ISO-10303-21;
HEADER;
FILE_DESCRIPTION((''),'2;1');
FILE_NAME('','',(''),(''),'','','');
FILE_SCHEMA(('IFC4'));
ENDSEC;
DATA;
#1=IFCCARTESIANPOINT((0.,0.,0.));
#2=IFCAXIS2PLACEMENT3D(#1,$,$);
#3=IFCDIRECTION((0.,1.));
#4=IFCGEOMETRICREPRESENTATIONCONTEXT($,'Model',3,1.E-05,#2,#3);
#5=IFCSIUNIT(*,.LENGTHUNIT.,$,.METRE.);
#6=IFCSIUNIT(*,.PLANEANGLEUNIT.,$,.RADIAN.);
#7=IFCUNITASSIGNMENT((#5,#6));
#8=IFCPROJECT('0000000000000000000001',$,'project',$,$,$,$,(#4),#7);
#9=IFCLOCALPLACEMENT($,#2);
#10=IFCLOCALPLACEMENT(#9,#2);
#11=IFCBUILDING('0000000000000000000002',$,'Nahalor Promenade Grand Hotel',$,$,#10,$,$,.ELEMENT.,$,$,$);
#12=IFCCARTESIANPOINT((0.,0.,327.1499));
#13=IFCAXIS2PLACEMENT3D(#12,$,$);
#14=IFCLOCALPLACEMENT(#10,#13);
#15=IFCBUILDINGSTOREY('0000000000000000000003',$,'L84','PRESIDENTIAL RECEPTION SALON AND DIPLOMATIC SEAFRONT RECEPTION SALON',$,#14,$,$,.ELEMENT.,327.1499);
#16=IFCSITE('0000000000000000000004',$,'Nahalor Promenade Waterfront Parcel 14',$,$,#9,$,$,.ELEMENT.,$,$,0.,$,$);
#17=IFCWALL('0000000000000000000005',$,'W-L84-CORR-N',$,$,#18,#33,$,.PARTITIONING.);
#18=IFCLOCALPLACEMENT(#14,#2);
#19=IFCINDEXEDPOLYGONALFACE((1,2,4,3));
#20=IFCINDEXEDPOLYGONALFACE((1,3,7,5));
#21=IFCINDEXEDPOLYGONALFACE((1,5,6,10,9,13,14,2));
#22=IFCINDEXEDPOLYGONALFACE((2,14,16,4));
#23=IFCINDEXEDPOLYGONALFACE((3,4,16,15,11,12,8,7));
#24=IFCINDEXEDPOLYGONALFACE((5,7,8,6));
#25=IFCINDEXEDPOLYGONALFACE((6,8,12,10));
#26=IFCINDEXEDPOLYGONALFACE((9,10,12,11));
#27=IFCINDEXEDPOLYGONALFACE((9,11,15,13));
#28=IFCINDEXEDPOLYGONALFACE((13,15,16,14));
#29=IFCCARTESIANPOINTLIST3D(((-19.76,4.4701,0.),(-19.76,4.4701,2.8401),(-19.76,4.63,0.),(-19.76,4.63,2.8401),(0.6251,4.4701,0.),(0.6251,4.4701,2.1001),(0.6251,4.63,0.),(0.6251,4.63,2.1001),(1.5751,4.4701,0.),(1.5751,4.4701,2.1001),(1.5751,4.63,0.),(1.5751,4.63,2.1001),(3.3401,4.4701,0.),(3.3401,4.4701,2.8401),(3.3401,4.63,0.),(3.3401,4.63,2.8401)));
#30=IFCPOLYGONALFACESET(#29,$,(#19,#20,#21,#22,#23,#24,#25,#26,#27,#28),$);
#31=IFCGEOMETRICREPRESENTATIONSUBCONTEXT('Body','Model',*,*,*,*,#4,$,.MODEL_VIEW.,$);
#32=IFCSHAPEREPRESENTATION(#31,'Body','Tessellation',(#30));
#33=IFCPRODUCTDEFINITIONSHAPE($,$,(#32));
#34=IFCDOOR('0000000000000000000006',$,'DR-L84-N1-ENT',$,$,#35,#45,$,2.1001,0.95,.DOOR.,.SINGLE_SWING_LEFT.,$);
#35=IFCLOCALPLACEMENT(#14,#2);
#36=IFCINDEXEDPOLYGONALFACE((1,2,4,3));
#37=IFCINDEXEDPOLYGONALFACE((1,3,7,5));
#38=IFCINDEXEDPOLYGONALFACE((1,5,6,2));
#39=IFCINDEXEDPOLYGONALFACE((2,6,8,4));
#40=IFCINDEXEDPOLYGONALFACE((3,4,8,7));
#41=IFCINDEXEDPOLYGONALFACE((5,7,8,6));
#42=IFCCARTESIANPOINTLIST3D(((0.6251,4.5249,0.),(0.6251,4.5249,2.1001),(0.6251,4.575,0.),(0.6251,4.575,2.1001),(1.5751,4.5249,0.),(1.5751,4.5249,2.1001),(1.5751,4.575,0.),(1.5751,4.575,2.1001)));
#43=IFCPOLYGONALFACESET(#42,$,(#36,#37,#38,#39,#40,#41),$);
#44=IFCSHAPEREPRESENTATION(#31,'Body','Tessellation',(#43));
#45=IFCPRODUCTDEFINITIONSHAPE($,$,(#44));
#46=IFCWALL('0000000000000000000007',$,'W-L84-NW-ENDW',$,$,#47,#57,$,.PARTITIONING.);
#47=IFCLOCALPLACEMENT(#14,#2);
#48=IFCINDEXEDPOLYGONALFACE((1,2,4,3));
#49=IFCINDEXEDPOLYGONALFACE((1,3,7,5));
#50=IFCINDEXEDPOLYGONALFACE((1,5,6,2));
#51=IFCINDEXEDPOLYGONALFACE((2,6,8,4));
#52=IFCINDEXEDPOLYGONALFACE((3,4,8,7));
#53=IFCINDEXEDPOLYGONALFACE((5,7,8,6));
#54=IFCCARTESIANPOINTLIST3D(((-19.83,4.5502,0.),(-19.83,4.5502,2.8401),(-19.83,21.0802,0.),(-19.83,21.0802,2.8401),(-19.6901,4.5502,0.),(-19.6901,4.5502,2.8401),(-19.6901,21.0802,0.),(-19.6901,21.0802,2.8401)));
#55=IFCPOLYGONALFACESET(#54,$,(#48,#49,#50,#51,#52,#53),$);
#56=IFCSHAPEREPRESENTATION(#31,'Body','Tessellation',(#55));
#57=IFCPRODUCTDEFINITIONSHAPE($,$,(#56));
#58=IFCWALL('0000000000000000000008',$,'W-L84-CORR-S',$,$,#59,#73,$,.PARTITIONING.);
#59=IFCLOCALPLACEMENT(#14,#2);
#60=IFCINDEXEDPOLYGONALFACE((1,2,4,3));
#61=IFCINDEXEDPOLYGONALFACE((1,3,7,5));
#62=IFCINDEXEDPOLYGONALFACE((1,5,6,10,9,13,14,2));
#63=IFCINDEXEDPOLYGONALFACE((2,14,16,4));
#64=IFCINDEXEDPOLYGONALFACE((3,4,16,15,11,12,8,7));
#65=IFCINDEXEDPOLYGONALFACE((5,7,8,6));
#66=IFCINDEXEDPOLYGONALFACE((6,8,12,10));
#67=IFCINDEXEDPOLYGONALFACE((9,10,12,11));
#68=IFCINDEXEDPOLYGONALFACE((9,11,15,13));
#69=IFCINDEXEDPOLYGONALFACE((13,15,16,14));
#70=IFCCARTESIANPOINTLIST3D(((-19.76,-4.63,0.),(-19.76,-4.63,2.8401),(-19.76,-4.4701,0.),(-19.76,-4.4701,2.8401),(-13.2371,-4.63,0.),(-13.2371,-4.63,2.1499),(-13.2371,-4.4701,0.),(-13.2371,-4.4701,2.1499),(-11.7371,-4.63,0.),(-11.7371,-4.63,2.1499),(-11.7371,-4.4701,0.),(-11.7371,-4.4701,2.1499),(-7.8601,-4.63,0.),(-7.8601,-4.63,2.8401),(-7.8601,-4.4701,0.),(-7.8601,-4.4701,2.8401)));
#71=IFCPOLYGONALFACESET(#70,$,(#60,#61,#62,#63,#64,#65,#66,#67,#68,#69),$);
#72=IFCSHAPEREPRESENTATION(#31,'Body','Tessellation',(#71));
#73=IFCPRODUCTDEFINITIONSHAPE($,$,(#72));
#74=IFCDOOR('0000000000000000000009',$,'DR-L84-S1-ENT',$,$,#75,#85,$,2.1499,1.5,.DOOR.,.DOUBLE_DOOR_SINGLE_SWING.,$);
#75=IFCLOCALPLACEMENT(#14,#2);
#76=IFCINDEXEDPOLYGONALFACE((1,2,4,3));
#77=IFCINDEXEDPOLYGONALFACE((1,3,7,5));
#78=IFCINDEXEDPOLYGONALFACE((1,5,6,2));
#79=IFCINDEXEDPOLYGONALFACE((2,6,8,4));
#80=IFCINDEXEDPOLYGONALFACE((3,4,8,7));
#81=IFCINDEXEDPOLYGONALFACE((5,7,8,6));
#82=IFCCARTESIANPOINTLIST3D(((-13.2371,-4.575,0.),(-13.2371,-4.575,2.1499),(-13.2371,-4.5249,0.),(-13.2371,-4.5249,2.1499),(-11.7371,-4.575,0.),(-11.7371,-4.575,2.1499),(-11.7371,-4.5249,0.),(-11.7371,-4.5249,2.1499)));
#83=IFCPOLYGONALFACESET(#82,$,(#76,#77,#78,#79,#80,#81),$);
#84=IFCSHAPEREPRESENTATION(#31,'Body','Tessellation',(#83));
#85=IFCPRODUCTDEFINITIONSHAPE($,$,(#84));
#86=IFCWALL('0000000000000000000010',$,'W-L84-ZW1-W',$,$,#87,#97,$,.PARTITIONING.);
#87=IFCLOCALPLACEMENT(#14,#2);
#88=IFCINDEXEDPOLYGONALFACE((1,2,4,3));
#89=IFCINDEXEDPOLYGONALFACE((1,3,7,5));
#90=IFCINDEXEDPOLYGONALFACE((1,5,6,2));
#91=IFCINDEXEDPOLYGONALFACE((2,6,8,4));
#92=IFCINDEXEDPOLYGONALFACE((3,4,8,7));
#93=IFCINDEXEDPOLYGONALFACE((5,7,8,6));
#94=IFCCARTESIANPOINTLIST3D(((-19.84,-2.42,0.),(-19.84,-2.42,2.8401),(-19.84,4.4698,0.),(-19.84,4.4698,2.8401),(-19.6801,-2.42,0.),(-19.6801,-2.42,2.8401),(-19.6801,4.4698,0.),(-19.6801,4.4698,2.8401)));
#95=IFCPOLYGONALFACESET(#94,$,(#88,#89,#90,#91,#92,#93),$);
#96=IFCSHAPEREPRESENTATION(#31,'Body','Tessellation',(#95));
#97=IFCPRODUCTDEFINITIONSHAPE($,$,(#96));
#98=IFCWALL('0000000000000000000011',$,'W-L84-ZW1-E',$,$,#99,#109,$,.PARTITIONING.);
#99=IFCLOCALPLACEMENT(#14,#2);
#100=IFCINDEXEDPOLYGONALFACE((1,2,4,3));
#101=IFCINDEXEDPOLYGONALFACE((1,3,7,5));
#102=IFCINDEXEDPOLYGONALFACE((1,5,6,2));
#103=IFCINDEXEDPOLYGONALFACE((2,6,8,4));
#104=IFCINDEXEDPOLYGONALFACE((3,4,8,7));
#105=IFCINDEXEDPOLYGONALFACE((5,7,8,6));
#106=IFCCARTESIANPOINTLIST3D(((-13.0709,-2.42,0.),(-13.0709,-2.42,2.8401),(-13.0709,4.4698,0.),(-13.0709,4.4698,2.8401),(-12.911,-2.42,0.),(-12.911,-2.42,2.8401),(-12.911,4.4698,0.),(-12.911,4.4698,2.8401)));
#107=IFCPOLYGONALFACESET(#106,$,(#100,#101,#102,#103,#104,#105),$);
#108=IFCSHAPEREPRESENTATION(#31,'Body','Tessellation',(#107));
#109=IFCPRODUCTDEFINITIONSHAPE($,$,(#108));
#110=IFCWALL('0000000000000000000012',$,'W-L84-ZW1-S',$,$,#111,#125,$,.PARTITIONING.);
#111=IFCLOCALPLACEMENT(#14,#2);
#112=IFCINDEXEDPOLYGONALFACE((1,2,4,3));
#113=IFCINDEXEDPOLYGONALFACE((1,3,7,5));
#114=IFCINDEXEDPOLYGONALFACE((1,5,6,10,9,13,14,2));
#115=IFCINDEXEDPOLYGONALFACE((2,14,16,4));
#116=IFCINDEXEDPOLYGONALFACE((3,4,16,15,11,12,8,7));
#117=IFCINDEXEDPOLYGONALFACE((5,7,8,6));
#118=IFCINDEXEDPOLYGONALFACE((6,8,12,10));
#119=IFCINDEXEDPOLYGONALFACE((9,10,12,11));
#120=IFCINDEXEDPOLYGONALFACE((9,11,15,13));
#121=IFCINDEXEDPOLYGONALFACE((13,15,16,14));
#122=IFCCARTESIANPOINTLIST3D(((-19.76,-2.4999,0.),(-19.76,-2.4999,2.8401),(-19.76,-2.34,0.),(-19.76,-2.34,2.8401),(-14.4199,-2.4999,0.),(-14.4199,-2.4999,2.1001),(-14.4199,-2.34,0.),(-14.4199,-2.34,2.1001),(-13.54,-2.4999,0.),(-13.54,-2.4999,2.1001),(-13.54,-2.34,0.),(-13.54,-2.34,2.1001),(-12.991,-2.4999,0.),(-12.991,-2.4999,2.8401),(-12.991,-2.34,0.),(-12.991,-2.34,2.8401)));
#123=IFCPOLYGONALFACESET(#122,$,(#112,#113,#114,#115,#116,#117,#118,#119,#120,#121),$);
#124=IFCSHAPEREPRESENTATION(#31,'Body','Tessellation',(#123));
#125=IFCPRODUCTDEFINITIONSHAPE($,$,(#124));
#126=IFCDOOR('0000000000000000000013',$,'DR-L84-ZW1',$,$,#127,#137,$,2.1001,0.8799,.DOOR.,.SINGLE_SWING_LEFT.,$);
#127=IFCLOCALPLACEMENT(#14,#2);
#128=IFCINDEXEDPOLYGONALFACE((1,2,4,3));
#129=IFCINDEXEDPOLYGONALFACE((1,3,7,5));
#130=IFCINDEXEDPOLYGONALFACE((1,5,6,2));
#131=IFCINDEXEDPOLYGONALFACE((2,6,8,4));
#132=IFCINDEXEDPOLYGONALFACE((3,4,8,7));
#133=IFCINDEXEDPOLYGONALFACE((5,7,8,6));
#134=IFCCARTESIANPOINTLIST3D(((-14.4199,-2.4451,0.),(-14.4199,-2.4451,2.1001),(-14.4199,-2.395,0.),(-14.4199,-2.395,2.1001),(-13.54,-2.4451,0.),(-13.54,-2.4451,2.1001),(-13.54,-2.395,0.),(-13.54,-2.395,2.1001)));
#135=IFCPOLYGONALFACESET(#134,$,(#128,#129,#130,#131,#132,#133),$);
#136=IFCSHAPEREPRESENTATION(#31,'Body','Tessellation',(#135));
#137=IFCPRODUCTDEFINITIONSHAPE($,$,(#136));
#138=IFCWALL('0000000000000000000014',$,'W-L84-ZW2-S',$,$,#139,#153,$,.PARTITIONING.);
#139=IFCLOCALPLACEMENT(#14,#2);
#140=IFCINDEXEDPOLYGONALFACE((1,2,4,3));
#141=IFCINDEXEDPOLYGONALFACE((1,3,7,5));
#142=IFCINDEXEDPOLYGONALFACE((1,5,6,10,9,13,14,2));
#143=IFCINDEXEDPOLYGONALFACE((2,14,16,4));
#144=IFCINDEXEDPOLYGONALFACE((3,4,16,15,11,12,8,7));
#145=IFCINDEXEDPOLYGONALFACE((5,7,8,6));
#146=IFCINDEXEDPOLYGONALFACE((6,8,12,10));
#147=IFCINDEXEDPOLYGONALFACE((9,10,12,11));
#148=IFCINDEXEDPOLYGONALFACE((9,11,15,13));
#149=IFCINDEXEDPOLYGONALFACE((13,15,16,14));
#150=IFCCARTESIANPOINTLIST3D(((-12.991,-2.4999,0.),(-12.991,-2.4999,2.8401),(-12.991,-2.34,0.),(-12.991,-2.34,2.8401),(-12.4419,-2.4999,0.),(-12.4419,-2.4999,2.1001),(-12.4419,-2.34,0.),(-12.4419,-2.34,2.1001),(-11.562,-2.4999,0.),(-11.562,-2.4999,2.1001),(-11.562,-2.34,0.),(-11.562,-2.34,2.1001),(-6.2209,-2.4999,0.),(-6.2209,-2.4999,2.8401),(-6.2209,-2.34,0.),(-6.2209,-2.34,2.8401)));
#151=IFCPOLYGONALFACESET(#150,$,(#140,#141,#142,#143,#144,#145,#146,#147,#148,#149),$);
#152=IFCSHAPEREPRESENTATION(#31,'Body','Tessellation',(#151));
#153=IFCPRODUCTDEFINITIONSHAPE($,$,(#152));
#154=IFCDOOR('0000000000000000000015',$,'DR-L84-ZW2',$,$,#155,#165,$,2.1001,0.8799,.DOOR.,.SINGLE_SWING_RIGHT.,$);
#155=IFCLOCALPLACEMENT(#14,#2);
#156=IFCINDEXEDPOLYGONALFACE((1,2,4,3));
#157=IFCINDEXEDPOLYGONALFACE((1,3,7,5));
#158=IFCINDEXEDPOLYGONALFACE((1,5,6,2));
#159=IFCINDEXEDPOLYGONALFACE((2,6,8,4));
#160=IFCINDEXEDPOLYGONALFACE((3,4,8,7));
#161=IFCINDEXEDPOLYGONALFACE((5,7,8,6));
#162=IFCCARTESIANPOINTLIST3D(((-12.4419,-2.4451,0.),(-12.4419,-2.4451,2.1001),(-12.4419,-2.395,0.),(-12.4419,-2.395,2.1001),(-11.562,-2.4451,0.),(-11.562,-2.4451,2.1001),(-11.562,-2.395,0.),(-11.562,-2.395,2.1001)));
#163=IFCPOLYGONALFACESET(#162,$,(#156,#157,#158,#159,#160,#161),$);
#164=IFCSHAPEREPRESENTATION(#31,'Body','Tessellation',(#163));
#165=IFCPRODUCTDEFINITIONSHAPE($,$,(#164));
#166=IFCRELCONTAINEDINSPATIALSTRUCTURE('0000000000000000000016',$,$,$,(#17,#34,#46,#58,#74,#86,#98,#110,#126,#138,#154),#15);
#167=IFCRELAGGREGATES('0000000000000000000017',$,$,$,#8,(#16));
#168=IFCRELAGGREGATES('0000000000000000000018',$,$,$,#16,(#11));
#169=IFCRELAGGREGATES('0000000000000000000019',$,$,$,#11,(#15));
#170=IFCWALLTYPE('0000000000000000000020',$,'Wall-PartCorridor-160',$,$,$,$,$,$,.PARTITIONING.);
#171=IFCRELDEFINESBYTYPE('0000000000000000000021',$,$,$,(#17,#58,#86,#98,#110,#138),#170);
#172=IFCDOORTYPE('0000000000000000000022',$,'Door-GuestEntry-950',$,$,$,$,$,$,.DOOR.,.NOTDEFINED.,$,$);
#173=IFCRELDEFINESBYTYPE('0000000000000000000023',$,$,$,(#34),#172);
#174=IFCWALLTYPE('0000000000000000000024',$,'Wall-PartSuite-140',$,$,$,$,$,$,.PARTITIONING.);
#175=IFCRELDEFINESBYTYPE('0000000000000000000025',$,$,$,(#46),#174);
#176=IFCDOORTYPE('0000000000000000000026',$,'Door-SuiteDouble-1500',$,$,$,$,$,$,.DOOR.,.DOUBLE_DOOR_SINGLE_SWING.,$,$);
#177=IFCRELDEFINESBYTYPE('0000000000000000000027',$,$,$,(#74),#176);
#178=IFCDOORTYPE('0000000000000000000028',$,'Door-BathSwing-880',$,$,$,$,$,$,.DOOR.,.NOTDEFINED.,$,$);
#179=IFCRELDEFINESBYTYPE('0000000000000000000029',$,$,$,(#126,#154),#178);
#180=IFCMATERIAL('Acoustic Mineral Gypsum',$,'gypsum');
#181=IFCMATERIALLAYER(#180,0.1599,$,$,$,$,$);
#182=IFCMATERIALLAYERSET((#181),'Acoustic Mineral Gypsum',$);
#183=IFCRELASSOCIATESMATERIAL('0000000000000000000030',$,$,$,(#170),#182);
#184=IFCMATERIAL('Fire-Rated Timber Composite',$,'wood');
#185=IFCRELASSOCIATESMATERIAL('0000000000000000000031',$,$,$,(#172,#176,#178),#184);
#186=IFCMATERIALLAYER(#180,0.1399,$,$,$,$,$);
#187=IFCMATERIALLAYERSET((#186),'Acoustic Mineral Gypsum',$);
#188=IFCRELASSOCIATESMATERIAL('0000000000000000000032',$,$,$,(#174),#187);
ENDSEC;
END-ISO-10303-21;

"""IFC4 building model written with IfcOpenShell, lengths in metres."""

from ifc_helpers import new_model, si_unit, direction, frame, frame_2d, origin, place, context, subcontext, project, spatial, rectangle, extrude, source, transform, mapped, material, layer, layer_set, type_object, element, fill, save


model = new_model("IFC4")

# Units and contexts
model_context = context("Model", 3, precision=1e-05, world=origin(), true_north=direction((0.0, 1.0)))
body_context = subcontext(model_context, "Body", "Model", "MODEL_VIEW")
ifc_project = project(units=[si_unit("LENGTHUNIT", "METRE"), si_unit("PLANEANGLEUNIT", "RADIAN")], contexts=[model_context])

# Site, building, storey
site_placement = place(None, origin())
site = spatial("IfcSite", under=ifc_project, at=site_placement, Name="Nahalor Promenade Waterfront Parcel 14", CompositionType="ELEMENT", RefElevation=0.0)
building_placement = place(site_placement, origin())
building = spatial("IfcBuilding", under=site, at=building_placement, Name="Nahalor Promenade Grand Hotel", CompositionType="ELEMENT")
storey_placement = place(building_placement, frame((0.0, 0.0, 327.1499)))
storey = spatial("IfcBuildingStorey", under=building, at=storey_placement, Name="L84", Description="PRESIDENTIAL RECEPTION SALON AND DIPLOMATIC SEAFRONT RECEPTION SALON", CompositionType="ELEMENT", Elevation=327.1499)

# Wall, opening, door
ifc_material_1 = material(Name="Acoustic Mineral Gypsum", Category="gypsum")
ifc_layer_1 = layer(ifc_material_1, 0.1599)
ifc_layer_set_1 = layer_set([ifc_layer_1], Name="Acoustic Mineral Gypsum")
wall_type_1 = type_object("IfcWallType", Name="Wall-PartCorridor-160", PredefinedType="PARTITIONING", material=ifc_layer_set_1)
shared_shape_1 = source(origin(), body_context, "Body", "SweptSolid", [
    extrude(rectangle(XDim=23.1001, YDim=0.1599, at=frame_2d((11.55, 0.0))), origin(), (0.0, 0.0, 1.0), 2.8401),
])
wall_1_placement = place(storey_placement, frame((-19.76, 4.55, 0.0), z_axis=(0.0, 0.0, 1.0), x_axis=(1.0, 0.0, 0.0)))
wall_1 = element("IfcWall", 1, at=wall_1_placement, inside=storey, type_object=wall_type_1, Name="W-L84-CORR-N", PredefinedType="PARTITIONING", context=body_context, shape_type="MappedRepresentation", body=[
    mapped(shared_shape_1, transform((0.0, 0.0, 0.0), scale=1.0)),
])
opening_1_placement = place(wall_1_placement, frame((20.385, 0.0, 0.0)))
opening_1 = element("IfcOpeningElement", 2, at=opening_1_placement, cuts=wall_1, PredefinedType="OPENING", context=body_context, shape_type="SweptSolid", body=[
    extrude(rectangle(XDim=0.95, YDim=2.1001, at=frame_2d((0.4751, 1.05))), frame((0.0, 0.0898, 0.0), z_axis=(0.0, -1.0, 0.0), x_axis=(1.0, 0.0, 0.0)), (0.0, 0.0, 1.0), 0.1799),
])
ifc_material_2 = material(Name="Fire-Rated Timber Composite", Category="wood")
door_type_1 = type_object("IfcDoorType", Name="Door-GuestEntry-950", OperationType="NOTDEFINED", PredefinedType="DOOR", material=ifc_material_2)
shared_shape_2 = source(origin(), body_context, "Body", "SweptSolid", [
    extrude(rectangle(XDim=0.95, YDim=2.1001, at=frame_2d((0.4751, 1.05))), frame((0.0, 0.0249, 0.0), z_axis=(0.0, -1.0, 0.0), x_axis=(1.0, 0.0, 0.0)), (0.0, 0.0, 1.0), 0.05),
])
door_1_placement = place(opening_1_placement, origin())
door_1 = element("IfcDoor", 3, at=door_1_placement, inside=storey, type_object=door_type_1, Name="DR-L84-N1-ENT", OperationType="SINGLE_SWING_LEFT", OverallHeight=2.1001, OverallWidth=0.95, PredefinedType="DOOR", context=body_context, shape_type="MappedRepresentation", body=[
    mapped(shared_shape_2, transform((0.0, 0.0, 0.0), scale=1.0)),
])
fill(opening_1, door_1)

# Wall
ifc_layer_2 = layer(ifc_material_1, 0.1399)
ifc_layer_set_2 = layer_set([ifc_layer_2], Name="Acoustic Mineral Gypsum")
wall_type_2 = type_object("IfcWallType", Name="Wall-PartSuite-140", PredefinedType="PARTITIONING", material=ifc_layer_set_2)
shared_shape_3 = source(origin(), body_context, "Body", "SweptSolid", [
    extrude(rectangle(XDim=16.53, YDim=0.1399, at=frame_2d((8.2651, 0.0))), origin(), (0.0, 0.0, 1.0), 2.8401),
])
wall_2_placement = place(storey_placement, frame((-19.76, 4.55, 0.0), z_axis=(0.0, 0.0, 1.0), x_axis=(0.0, 1.0, 0.0)))
element("IfcWall", 4, at=wall_2_placement, inside=storey, type_object=wall_type_2, Name="W-L84-NW-ENDW", PredefinedType="PARTITIONING", context=body_context, shape_type="MappedRepresentation", body=[
    mapped(shared_shape_3, transform((0.0, 0.0, 0.0), scale=1.0)),
])

# Wall, opening, door
shared_shape_4 = source(origin(), body_context, "Body", "SweptSolid", [
    extrude(rectangle(XDim=11.8999, YDim=0.1599, at=frame_2d((5.95, 0.0))), origin(), (0.0, 0.0, 1.0), 2.8401),
])
wall_3_placement = place(storey_placement, frame((-19.76, -4.55, 0.0), z_axis=(0.0, 0.0, 1.0), x_axis=(1.0, 0.0, 0.0)))
wall_3 = element("IfcWall", 5, at=wall_3_placement, inside=storey, type_object=wall_type_1, Name="W-L84-CORR-S", PredefinedType="PARTITIONING", context=body_context, shape_type="MappedRepresentation", body=[
    mapped(shared_shape_4, transform((0.0, 0.0, 0.0), scale=1.0)),
])
opening_2_placement = place(wall_3_placement, frame((6.5229, 0.0, 0.0)))
opening_2 = element("IfcOpeningElement", 6, at=opening_2_placement, cuts=wall_3, PredefinedType="OPENING", context=body_context, shape_type="SweptSolid", body=[
    extrude(rectangle(XDim=1.5, YDim=2.1499, at=frame_2d((0.75, 1.075))), frame((0.0, 0.0898, 0.0), z_axis=(0.0, -1.0, 0.0), x_axis=(1.0, 0.0, 0.0)), (0.0, 0.0, 1.0), 0.1799),
])
door_type_2 = type_object("IfcDoorType", Name="Door-SuiteDouble-1500", OperationType="DOUBLE_DOOR_SINGLE_SWING", PredefinedType="DOOR", material=ifc_material_2)
shared_shape_5 = source(origin(), body_context, "Body", "SweptSolid", [
    extrude(rectangle(XDim=1.5, YDim=2.1499, at=frame_2d((0.75, 1.075))), frame((0.0, 0.0249, 0.0), z_axis=(0.0, -1.0, 0.0), x_axis=(1.0, 0.0, 0.0)), (0.0, 0.0, 1.0), 0.05),
])
door_2_placement = place(opening_2_placement, frame((1.5, 0.0, 0.0), z_axis=(0.0, 0.0, 1.0), x_axis=(-1.0, 0.0, 0.0)))
door_2 = element("IfcDoor", 7, at=door_2_placement, inside=storey, type_object=door_type_2, Name="DR-L84-S1-ENT", OperationType="DOUBLE_DOOR_SINGLE_SWING", OverallHeight=2.1499, OverallWidth=1.5, PredefinedType="DOOR", context=body_context, shape_type="MappedRepresentation", body=[
    mapped(shared_shape_5, transform((0.0, 0.0, 0.0), scale=1.0)),
])
fill(opening_2, door_2)

# Walls
shared_shape_6 = source(origin(), body_context, "Body", "SweptSolid", [
    extrude(rectangle(XDim=6.8899, YDim=0.1599, at=frame_2d((3.4448, 0.0))), origin(), (0.0, 0.0, 1.0), 2.8401),
])
for number, where, z_axis, x_axis, name in (
    (8, (-19.76, -2.4199, 0.0), (0.0, 0.0, 1.0), (0.0, 1.0, 0.0), "W-L84-ZW1-W"),
    (9, (-12.991, -2.4199, 0.0), (0.0, 0.0, 1.0), (0.0, 1.0, 0.0), "W-L84-ZW1-E"),
):
    element("IfcWall", number, at=place(storey_placement, frame(where, z_axis=z_axis, x_axis=x_axis)), inside=storey, type_object=wall_type_1, Name=name, PredefinedType="PARTITIONING", context=body_context, shape_type="MappedRepresentation", body=[
        mapped(shared_shape_6, transform((0.0, 0.0, 0.0), scale=1.0)),
    ])

# Walls, openings, doors
shared_shape_7 = source(origin(), body_context, "Body", "SweptSolid", [
    extrude(rectangle(XDim=6.769, YDim=0.1599, at=frame_2d((3.3845, 0.0))), origin(), (0.0, 0.0, 1.0), 2.8401),
])
wall_4_placement = place(storey_placement, frame((-19.76, -2.4199, 0.0), z_axis=(0.0, 0.0, 1.0), x_axis=(1.0, 0.0, 0.0)))
wall_4 = element("IfcWall", 10, at=wall_4_placement, inside=storey, type_object=wall_type_1, Name="W-L84-ZW1-S", PredefinedType="PARTITIONING", context=body_context, shape_type="MappedRepresentation", body=[
    mapped(shared_shape_7, transform((0.0, 0.0, 0.0), scale=1.0)),
])
opening_3_placement = place(wall_4_placement, frame((5.3401, 0.0, 0.0)))
opening_3 = element("IfcOpeningElement", 11, at=opening_3_placement, cuts=wall_4, PredefinedType="OPENING", context=body_context, shape_type="SweptSolid", body=[
    extrude(rectangle(XDim=0.8799, YDim=2.1001, at=frame_2d((0.4399, 1.05))), frame((0.0, 0.0898, 0.0), z_axis=(0.0, -1.0, 0.0), x_axis=(1.0, 0.0, 0.0)), (0.0, 0.0, 1.0), 0.1799),
])
door_type_3 = type_object("IfcDoorType", Name="Door-BathSwing-880", OperationType="NOTDEFINED", PredefinedType="DOOR", material=ifc_material_2)
shared_shape_8 = source(origin(), body_context, "Body", "SweptSolid", [
    extrude(rectangle(XDim=0.8799, YDim=2.1001, at=frame_2d((0.4399, 1.05))), frame((0.0, 0.0249, 0.0), z_axis=(0.0, -1.0, 0.0), x_axis=(1.0, 0.0, 0.0)), (0.0, 0.0, 1.0), 0.05),
])
door_3_placement = place(opening_3_placement, origin())
door_3 = element("IfcDoor", 12, at=door_3_placement, inside=storey, type_object=door_type_3, Name="DR-L84-ZW1", OperationType="SINGLE_SWING_LEFT", OverallHeight=2.1001, OverallWidth=0.8799, PredefinedType="DOOR", context=body_context, shape_type="MappedRepresentation", body=[
    mapped(shared_shape_8, transform((0.0, 0.0, 0.0), scale=1.0)),
])
fill(opening_3, door_3)
shared_shape_9 = source(origin(), body_context, "Body", "SweptSolid", [
    extrude(rectangle(XDim=6.77, YDim=0.1599, at=frame_2d((3.385, 0.0))), origin(), (0.0, 0.0, 1.0), 2.8401),
])
wall_5_placement = place(storey_placement, frame((-12.991, -2.4199, 0.0), z_axis=(0.0, 0.0, 1.0), x_axis=(1.0, 0.0, 0.0)))
wall_5 = element("IfcWall", 13, at=wall_5_placement, inside=storey, type_object=wall_type_1, Name="W-L84-ZW2-S", PredefinedType="PARTITIONING", context=body_context, shape_type="MappedRepresentation", body=[
    mapped(shared_shape_9, transform((0.0, 0.0, 0.0), scale=1.0)),
])
opening_4_placement = place(wall_5_placement, frame((0.5491, 0.0, 0.0)))
opening_4 = element("IfcOpeningElement", 14, at=opening_4_placement, cuts=wall_5, PredefinedType="OPENING", context=body_context, shape_type="SweptSolid", body=[
    extrude(rectangle(XDim=0.8799, YDim=2.1001, at=frame_2d((0.4399, 1.05))), frame((0.0, 0.0898, 0.0), z_axis=(0.0, -1.0, 0.0), x_axis=(1.0, 0.0, 0.0)), (0.0, 0.0, 1.0), 0.1799),
])
door_4_placement = place(opening_4_placement, origin())
door_4 = element("IfcDoor", 15, at=door_4_placement, inside=storey, type_object=door_type_3, Name="DR-L84-ZW2", OperationType="SINGLE_SWING_RIGHT", OverallHeight=2.1001, OverallWidth=0.8799, PredefinedType="DOOR", context=body_context, shape_type="MappedRepresentation", body=[
    mapped(shared_shape_8, transform((0.0, 0.0, 0.0), scale=1.0)),
])
fill(opening_4, door_4)

save(model, "model.ifc")
